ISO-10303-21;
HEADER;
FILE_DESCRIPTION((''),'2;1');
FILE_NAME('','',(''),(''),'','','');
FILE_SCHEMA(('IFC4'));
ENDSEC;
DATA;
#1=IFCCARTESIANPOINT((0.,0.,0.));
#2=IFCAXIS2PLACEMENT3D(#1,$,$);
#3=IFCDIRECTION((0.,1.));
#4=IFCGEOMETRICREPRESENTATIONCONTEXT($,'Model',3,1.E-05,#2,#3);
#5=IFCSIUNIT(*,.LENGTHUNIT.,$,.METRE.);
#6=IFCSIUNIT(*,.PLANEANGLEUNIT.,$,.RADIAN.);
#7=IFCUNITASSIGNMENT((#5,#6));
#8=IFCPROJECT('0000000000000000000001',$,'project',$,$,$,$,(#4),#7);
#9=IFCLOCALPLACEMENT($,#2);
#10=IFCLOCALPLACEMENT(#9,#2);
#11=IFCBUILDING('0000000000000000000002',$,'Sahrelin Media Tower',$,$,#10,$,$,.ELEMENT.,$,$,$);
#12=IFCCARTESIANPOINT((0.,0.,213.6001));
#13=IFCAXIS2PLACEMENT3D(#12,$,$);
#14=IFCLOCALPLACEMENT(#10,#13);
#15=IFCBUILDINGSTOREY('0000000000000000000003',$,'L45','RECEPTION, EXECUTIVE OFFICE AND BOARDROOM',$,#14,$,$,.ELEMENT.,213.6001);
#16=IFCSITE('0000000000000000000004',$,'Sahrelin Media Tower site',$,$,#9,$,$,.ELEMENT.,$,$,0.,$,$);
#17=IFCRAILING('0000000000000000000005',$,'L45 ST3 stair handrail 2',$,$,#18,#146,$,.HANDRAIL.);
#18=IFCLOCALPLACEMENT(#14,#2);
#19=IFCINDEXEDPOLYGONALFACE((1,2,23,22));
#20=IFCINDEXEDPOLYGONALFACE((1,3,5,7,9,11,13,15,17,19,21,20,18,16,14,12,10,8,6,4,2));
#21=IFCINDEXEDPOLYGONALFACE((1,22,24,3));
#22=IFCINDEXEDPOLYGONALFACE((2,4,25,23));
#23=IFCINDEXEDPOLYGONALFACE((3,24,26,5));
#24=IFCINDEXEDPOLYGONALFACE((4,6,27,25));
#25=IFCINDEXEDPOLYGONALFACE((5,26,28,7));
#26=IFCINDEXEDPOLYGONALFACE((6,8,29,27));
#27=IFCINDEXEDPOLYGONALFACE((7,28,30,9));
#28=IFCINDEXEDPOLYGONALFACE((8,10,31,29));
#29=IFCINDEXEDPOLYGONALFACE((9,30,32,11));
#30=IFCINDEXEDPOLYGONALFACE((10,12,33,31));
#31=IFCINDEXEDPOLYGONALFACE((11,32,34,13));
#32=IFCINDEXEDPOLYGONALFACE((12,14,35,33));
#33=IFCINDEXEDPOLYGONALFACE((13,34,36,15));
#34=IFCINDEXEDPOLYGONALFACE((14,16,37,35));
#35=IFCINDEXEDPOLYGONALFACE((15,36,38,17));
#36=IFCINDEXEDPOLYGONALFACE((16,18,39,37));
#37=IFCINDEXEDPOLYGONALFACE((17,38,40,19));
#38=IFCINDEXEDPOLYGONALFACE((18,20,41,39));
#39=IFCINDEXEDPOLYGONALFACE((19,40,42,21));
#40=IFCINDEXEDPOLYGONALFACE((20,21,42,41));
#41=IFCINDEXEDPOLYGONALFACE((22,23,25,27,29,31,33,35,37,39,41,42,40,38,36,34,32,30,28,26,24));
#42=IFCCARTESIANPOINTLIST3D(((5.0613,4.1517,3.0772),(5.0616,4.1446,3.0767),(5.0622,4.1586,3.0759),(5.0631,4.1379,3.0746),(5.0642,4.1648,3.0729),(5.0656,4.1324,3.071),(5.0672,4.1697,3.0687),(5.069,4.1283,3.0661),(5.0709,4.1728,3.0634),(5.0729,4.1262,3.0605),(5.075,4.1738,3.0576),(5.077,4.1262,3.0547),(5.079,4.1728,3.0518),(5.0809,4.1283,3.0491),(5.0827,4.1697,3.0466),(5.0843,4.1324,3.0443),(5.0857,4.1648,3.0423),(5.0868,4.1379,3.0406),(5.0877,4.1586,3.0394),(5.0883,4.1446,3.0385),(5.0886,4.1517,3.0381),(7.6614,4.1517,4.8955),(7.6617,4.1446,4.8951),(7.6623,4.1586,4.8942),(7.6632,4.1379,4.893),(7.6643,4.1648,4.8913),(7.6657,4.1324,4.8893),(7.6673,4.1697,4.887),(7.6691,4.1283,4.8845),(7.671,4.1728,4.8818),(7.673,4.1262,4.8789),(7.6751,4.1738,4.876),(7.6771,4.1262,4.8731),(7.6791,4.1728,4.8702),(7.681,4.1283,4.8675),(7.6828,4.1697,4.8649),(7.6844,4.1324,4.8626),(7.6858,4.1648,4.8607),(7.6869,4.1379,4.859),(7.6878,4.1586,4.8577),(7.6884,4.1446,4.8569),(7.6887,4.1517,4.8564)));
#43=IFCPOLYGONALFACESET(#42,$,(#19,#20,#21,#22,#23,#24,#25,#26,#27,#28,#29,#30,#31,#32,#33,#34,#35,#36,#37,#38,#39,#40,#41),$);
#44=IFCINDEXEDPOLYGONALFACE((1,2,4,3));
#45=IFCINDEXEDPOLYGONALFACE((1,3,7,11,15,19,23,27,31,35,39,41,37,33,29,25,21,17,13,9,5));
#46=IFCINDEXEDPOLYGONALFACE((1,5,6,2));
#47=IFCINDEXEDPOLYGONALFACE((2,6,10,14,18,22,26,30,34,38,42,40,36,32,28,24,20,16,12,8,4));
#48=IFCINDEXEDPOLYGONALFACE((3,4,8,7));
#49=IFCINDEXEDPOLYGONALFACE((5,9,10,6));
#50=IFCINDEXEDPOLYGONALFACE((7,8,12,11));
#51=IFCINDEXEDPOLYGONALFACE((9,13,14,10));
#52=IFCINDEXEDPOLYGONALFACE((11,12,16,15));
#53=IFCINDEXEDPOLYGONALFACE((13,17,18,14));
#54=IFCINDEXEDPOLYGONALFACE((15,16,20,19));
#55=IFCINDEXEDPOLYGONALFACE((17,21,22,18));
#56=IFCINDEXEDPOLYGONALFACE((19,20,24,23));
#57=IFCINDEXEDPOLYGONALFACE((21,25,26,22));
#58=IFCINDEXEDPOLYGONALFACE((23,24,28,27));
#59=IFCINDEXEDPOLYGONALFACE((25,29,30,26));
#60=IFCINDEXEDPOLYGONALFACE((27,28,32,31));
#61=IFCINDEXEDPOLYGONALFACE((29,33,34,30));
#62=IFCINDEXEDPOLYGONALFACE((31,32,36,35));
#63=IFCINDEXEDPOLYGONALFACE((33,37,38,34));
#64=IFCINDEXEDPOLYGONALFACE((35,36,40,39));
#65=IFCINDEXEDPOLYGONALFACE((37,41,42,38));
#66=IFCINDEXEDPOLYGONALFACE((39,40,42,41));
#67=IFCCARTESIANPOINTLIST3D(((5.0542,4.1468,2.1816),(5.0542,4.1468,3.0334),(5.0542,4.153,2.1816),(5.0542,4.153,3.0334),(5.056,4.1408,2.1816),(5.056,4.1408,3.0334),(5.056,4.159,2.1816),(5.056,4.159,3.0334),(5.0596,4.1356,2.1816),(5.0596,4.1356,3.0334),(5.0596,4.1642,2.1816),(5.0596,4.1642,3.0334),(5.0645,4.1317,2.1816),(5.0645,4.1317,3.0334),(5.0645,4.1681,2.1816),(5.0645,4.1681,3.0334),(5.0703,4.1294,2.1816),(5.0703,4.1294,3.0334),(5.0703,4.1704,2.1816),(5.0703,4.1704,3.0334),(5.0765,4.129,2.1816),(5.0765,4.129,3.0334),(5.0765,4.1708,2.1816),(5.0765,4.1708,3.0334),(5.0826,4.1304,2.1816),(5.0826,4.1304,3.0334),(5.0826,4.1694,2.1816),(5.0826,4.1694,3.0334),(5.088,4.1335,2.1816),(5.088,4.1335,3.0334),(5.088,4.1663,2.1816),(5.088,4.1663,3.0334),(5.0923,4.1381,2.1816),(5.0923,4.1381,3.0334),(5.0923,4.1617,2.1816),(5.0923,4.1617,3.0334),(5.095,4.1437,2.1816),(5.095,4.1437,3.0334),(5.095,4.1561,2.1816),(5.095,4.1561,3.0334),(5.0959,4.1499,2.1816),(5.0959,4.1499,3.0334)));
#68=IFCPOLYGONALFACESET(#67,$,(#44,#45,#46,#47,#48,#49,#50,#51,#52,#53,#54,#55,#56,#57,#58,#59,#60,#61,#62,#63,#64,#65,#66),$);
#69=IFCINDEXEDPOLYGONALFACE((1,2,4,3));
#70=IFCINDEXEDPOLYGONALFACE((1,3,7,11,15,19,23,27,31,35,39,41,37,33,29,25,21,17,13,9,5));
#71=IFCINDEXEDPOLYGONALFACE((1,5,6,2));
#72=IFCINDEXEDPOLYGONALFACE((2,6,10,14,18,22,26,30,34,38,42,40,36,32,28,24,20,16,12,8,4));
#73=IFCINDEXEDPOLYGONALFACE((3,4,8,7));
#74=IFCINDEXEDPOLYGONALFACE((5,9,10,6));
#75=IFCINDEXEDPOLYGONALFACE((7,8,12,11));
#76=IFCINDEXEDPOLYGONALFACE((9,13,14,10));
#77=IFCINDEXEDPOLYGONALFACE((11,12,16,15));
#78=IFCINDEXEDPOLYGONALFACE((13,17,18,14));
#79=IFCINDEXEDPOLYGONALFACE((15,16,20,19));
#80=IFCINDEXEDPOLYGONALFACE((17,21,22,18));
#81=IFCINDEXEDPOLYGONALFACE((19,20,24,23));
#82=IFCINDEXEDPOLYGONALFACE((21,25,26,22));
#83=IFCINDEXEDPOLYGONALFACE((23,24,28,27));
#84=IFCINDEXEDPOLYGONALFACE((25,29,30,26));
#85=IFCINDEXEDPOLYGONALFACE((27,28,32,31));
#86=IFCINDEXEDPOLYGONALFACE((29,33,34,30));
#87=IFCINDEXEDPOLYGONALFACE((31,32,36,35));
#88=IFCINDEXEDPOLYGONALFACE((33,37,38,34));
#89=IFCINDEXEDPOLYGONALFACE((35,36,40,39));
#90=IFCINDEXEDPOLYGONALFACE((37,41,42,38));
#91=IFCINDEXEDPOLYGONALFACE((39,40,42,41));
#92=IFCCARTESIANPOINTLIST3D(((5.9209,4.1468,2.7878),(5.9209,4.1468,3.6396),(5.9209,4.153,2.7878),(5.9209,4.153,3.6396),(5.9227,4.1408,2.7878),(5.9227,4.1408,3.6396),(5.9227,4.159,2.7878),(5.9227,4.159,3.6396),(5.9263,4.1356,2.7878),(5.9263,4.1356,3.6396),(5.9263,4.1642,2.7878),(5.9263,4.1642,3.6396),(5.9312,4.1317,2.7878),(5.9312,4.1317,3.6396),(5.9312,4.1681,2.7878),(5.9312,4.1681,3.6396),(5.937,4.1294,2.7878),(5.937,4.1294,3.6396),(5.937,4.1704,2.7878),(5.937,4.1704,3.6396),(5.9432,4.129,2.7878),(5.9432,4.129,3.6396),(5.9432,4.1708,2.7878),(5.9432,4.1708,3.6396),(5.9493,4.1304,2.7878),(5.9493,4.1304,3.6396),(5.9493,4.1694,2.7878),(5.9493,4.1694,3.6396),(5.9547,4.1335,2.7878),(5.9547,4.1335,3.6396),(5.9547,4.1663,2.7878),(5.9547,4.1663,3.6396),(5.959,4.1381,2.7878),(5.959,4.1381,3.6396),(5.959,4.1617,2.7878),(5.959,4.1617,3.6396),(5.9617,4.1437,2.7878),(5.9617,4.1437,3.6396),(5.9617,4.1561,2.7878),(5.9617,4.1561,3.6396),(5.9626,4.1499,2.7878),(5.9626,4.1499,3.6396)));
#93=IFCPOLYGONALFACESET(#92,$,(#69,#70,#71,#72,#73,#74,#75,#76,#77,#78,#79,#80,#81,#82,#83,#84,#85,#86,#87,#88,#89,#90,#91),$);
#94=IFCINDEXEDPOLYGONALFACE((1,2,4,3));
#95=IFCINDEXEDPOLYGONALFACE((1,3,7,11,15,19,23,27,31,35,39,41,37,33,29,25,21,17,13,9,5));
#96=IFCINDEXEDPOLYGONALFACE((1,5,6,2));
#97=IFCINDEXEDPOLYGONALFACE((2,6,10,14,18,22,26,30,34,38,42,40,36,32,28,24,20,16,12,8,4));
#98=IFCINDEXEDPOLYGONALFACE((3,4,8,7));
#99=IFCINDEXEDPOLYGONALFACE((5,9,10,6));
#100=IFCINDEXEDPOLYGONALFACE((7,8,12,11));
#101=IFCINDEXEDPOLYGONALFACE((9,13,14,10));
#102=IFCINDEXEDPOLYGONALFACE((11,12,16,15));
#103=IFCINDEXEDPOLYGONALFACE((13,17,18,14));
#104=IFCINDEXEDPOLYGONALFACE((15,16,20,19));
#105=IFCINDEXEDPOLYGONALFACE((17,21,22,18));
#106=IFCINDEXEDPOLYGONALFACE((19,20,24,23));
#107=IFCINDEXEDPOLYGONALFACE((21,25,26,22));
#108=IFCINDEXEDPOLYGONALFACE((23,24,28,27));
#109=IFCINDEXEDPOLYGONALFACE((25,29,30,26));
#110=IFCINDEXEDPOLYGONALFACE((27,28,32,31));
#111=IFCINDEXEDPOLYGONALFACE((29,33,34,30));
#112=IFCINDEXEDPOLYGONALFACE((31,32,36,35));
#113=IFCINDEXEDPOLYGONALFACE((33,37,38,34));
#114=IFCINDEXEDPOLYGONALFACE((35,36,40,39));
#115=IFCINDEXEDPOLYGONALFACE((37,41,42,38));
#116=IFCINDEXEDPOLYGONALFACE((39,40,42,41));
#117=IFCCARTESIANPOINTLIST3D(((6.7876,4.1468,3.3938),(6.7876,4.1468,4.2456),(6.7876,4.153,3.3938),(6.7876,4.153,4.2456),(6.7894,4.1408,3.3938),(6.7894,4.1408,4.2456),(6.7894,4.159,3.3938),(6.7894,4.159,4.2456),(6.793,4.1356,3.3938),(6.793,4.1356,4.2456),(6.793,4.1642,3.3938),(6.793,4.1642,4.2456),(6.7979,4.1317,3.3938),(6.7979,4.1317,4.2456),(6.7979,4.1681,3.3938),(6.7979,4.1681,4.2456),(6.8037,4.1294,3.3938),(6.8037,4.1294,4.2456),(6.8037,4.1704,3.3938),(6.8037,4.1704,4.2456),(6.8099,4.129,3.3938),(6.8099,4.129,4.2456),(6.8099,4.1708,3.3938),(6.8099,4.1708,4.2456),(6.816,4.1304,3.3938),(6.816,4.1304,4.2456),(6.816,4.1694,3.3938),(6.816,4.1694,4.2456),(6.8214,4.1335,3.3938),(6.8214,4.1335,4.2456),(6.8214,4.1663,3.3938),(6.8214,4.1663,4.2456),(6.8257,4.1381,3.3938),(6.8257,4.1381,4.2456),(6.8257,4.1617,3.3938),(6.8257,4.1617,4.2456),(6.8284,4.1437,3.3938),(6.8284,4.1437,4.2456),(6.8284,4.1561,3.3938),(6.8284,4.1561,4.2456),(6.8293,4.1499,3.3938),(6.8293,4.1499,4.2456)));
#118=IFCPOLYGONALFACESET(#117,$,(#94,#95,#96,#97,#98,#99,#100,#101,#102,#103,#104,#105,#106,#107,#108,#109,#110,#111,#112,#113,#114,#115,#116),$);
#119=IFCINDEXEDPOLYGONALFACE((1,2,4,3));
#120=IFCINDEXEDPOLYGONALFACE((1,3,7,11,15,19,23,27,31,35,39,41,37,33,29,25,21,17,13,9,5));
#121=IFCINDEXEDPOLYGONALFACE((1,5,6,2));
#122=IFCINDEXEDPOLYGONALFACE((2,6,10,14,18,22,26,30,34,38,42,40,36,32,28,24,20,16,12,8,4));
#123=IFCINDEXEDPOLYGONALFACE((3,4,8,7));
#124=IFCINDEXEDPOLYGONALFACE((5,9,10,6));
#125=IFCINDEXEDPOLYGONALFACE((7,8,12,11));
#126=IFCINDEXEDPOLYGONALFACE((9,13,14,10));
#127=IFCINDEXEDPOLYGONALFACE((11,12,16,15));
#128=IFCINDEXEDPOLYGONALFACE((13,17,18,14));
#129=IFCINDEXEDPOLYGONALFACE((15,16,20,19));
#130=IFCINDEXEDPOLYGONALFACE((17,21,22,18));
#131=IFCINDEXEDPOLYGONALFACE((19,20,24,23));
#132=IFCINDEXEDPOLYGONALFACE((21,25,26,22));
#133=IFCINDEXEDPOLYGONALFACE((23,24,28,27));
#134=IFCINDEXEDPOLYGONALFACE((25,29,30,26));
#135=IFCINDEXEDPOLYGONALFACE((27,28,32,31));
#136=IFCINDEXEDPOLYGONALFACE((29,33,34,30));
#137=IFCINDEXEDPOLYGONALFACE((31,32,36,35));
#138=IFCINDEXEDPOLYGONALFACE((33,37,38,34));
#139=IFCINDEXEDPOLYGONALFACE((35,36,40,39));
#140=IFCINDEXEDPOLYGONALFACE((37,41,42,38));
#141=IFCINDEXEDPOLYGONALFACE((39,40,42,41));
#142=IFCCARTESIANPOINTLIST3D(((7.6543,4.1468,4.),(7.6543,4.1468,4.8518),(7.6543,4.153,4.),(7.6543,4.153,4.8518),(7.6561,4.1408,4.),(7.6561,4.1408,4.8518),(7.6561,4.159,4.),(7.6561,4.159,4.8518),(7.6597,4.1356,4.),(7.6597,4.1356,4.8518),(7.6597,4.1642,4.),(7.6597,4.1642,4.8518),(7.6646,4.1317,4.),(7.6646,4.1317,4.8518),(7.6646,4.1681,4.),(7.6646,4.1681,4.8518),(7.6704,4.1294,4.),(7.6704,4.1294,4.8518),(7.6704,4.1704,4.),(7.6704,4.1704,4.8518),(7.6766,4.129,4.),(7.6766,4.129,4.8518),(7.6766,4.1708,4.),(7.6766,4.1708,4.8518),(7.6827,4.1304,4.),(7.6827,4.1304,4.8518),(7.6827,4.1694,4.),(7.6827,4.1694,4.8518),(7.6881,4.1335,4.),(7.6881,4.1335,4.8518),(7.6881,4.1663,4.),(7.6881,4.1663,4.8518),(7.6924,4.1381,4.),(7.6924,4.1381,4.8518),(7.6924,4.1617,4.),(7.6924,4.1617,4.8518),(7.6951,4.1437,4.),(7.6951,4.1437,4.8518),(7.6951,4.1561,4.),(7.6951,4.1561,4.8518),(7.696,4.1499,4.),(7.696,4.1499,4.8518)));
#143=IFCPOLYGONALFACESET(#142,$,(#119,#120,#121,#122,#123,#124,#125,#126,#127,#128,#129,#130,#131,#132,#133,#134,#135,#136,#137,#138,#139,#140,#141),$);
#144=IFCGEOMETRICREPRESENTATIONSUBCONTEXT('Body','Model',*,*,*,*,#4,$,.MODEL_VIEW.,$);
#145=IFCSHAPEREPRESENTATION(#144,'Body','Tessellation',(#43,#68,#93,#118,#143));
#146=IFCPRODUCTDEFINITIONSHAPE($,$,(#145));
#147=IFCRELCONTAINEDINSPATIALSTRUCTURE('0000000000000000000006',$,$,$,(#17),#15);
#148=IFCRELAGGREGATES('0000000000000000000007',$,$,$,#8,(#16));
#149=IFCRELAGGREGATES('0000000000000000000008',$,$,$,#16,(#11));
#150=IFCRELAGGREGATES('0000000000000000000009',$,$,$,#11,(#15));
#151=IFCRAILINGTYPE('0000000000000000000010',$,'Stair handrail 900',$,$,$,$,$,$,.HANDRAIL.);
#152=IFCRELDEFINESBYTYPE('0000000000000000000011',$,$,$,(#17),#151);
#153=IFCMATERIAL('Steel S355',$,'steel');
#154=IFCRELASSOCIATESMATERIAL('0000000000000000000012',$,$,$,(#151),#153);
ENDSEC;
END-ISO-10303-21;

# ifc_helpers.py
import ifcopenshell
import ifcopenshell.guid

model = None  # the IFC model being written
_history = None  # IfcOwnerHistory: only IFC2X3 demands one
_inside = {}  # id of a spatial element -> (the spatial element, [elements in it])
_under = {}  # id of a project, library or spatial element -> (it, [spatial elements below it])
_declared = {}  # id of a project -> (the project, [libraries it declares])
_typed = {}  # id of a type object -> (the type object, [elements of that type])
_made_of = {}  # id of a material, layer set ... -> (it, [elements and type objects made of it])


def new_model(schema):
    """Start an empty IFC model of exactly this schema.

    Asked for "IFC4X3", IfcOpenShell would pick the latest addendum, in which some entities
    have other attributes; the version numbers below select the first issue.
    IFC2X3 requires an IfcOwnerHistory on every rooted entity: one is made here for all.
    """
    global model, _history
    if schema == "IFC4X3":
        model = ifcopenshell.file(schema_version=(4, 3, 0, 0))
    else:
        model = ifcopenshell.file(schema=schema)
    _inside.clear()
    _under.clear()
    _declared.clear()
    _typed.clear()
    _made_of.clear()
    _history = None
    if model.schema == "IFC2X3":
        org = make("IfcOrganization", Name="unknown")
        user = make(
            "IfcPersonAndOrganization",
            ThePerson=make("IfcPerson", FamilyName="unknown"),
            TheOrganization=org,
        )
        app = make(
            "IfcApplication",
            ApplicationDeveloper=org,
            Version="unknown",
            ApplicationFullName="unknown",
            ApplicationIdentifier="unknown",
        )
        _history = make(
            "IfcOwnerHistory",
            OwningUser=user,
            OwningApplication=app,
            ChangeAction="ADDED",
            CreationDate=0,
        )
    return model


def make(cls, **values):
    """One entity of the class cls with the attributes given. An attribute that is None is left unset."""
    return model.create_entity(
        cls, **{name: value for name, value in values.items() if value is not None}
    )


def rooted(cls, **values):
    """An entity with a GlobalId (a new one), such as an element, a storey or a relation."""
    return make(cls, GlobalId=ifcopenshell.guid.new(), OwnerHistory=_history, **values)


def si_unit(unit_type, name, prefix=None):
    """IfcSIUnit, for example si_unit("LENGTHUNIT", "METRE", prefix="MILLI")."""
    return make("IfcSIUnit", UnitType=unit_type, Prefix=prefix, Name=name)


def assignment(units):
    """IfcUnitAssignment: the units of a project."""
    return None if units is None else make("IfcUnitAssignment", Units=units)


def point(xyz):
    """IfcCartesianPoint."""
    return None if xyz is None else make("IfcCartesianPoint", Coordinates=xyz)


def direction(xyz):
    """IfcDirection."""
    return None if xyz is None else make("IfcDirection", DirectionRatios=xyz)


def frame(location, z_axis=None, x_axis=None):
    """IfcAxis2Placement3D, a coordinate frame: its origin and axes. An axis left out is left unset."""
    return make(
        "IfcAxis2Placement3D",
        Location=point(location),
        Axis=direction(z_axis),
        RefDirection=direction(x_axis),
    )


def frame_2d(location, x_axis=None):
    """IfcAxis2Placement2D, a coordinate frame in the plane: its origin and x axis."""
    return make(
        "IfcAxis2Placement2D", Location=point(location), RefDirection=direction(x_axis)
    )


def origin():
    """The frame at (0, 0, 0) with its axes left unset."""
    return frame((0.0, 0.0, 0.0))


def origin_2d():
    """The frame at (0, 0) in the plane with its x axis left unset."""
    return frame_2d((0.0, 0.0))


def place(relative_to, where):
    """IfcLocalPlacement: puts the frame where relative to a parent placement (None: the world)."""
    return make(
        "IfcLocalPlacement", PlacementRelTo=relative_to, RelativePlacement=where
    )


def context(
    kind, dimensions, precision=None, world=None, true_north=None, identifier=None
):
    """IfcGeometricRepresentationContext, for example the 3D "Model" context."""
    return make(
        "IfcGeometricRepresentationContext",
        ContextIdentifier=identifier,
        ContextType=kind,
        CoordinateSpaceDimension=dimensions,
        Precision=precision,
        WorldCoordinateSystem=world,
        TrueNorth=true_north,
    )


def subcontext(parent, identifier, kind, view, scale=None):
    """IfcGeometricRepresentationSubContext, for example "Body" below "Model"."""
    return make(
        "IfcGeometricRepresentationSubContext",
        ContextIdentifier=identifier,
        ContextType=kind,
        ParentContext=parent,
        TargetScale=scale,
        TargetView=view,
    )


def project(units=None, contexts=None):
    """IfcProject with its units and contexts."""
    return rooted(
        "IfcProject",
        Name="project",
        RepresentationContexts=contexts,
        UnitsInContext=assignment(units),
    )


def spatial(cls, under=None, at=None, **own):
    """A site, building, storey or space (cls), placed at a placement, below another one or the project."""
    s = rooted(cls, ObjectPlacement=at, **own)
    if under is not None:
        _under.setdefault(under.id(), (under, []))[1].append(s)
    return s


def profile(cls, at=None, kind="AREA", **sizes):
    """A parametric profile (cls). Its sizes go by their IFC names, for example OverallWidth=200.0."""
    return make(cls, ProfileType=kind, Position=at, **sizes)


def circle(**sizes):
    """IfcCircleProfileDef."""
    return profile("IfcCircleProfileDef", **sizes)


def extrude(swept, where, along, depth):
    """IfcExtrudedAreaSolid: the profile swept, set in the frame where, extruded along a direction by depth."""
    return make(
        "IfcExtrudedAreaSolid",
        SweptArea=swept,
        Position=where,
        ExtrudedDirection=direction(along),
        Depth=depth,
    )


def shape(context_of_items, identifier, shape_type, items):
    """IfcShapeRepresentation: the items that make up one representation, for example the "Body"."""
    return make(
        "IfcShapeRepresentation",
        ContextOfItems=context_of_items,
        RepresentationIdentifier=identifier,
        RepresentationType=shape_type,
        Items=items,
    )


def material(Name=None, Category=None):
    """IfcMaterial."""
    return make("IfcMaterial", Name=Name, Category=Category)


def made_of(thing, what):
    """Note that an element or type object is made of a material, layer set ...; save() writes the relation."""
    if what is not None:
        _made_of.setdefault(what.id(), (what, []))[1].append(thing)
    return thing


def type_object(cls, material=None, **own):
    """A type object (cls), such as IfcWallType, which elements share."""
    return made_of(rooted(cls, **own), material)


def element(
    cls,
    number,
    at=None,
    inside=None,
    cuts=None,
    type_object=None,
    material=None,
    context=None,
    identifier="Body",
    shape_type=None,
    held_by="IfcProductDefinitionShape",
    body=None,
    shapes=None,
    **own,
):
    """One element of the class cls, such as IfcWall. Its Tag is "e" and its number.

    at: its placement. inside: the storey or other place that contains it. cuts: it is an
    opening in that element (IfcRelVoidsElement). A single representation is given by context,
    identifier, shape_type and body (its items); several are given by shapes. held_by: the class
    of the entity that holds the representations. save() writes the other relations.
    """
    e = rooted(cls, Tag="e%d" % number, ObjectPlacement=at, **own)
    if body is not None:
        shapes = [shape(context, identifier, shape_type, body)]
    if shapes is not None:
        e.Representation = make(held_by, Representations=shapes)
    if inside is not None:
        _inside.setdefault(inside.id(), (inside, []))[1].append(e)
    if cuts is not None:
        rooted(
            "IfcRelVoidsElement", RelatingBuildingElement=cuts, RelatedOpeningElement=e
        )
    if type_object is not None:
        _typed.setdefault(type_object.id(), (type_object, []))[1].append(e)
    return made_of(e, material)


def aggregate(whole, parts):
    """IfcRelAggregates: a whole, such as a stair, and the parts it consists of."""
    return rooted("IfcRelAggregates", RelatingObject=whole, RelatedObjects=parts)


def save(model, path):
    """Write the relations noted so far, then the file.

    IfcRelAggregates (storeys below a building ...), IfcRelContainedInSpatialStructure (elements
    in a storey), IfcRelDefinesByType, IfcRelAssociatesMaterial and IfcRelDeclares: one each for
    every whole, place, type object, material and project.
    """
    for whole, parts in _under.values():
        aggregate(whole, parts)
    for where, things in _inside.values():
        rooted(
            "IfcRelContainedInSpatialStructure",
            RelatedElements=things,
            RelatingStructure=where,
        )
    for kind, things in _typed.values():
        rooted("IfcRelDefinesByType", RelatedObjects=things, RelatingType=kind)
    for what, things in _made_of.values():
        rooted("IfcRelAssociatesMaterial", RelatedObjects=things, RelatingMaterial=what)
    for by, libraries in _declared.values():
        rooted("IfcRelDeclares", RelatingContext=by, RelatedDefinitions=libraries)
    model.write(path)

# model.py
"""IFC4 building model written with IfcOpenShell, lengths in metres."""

from ifc_helpers import new_model, si_unit, direction, frame, origin, origin_2d, place, context, subcontext, project, spatial, circle, extrude, material, type_object, element, save


model = new_model("IFC4")

# Units and contexts
model_context = context("Model", 3, precision=1e-05, world=origin(), true_north=direction((0.0, 1.0)))
body_context = subcontext(model_context, "Body", "Model", "MODEL_VIEW")
ifc_project = project(units=[si_unit("LENGTHUNIT", "METRE"), si_unit("PLANEANGLEUNIT", "RADIAN")], contexts=[model_context])

# Site, building, storey
site_placement = place(None, origin())
site = spatial("IfcSite", under=ifc_project, at=site_placement, Name="Sahrelin Media Tower site", CompositionType="ELEMENT", RefElevation=0.0)
building_placement = place(site_placement, origin())
building = spatial("IfcBuilding", under=site, at=building_placement, Name="Sahrelin Media Tower", CompositionType="ELEMENT")
storey_placement = place(building_placement, frame((0.0, 0.0, 213.6001)))
storey = spatial("IfcBuildingStorey", under=building, at=storey_placement, Name="L45", Description="RECEPTION, EXECUTIVE OFFICE AND BOARDROOM", CompositionType="ELEMENT", Elevation=213.6001)

# Shared definitions
ifc_material_1 = material(Name="Steel S355", Category="steel")

# Railing
railing_type_1 = type_object("IfcRailingType", Name="Stair handrail 900", PredefinedType="HANDRAIL", material=ifc_material_1)
railing_1_placement = place(storey_placement, frame((5.075, 4.1499, 2.1816)))
element("IfcRailing", 1, at=railing_1_placement, inside=storey, type_object=railing_type_1, Name="L45 ST3 stair handrail 2", PredefinedType="HANDRAIL", context=body_context, shape_type="SweptSolid", body=[
    extrude(circle(Radius=0.0239, at=origin_2d()), frame((0.0, 0.0, 0.876), z_axis=(0.819485, 0.0, 0.573101), x_axis=(0.0, 1.0, 0.0)), (0.0, 0.0, 1.0), 3.1729),
    extrude(circle(Radius=0.021, at=origin_2d()), origin(), (0.0, 0.0, 1.0), 0.8518),
    extrude(circle(Radius=0.021, at=origin_2d()), frame((0.8667, 0.0, 0.6062)), (0.0, 0.0, 1.0), 0.8518),
    extrude(circle(Radius=0.021, at=origin_2d()), frame((1.7334, 0.0, 1.2122)), (0.0, 0.0, 1.0), 0.8518),
    extrude(circle(Radius=0.021, at=origin_2d()), frame((2.6001, 0.0, 1.8184)), (0.0, 0.0, 1.0), 0.8518),
])

save(model, "model.ifc")
